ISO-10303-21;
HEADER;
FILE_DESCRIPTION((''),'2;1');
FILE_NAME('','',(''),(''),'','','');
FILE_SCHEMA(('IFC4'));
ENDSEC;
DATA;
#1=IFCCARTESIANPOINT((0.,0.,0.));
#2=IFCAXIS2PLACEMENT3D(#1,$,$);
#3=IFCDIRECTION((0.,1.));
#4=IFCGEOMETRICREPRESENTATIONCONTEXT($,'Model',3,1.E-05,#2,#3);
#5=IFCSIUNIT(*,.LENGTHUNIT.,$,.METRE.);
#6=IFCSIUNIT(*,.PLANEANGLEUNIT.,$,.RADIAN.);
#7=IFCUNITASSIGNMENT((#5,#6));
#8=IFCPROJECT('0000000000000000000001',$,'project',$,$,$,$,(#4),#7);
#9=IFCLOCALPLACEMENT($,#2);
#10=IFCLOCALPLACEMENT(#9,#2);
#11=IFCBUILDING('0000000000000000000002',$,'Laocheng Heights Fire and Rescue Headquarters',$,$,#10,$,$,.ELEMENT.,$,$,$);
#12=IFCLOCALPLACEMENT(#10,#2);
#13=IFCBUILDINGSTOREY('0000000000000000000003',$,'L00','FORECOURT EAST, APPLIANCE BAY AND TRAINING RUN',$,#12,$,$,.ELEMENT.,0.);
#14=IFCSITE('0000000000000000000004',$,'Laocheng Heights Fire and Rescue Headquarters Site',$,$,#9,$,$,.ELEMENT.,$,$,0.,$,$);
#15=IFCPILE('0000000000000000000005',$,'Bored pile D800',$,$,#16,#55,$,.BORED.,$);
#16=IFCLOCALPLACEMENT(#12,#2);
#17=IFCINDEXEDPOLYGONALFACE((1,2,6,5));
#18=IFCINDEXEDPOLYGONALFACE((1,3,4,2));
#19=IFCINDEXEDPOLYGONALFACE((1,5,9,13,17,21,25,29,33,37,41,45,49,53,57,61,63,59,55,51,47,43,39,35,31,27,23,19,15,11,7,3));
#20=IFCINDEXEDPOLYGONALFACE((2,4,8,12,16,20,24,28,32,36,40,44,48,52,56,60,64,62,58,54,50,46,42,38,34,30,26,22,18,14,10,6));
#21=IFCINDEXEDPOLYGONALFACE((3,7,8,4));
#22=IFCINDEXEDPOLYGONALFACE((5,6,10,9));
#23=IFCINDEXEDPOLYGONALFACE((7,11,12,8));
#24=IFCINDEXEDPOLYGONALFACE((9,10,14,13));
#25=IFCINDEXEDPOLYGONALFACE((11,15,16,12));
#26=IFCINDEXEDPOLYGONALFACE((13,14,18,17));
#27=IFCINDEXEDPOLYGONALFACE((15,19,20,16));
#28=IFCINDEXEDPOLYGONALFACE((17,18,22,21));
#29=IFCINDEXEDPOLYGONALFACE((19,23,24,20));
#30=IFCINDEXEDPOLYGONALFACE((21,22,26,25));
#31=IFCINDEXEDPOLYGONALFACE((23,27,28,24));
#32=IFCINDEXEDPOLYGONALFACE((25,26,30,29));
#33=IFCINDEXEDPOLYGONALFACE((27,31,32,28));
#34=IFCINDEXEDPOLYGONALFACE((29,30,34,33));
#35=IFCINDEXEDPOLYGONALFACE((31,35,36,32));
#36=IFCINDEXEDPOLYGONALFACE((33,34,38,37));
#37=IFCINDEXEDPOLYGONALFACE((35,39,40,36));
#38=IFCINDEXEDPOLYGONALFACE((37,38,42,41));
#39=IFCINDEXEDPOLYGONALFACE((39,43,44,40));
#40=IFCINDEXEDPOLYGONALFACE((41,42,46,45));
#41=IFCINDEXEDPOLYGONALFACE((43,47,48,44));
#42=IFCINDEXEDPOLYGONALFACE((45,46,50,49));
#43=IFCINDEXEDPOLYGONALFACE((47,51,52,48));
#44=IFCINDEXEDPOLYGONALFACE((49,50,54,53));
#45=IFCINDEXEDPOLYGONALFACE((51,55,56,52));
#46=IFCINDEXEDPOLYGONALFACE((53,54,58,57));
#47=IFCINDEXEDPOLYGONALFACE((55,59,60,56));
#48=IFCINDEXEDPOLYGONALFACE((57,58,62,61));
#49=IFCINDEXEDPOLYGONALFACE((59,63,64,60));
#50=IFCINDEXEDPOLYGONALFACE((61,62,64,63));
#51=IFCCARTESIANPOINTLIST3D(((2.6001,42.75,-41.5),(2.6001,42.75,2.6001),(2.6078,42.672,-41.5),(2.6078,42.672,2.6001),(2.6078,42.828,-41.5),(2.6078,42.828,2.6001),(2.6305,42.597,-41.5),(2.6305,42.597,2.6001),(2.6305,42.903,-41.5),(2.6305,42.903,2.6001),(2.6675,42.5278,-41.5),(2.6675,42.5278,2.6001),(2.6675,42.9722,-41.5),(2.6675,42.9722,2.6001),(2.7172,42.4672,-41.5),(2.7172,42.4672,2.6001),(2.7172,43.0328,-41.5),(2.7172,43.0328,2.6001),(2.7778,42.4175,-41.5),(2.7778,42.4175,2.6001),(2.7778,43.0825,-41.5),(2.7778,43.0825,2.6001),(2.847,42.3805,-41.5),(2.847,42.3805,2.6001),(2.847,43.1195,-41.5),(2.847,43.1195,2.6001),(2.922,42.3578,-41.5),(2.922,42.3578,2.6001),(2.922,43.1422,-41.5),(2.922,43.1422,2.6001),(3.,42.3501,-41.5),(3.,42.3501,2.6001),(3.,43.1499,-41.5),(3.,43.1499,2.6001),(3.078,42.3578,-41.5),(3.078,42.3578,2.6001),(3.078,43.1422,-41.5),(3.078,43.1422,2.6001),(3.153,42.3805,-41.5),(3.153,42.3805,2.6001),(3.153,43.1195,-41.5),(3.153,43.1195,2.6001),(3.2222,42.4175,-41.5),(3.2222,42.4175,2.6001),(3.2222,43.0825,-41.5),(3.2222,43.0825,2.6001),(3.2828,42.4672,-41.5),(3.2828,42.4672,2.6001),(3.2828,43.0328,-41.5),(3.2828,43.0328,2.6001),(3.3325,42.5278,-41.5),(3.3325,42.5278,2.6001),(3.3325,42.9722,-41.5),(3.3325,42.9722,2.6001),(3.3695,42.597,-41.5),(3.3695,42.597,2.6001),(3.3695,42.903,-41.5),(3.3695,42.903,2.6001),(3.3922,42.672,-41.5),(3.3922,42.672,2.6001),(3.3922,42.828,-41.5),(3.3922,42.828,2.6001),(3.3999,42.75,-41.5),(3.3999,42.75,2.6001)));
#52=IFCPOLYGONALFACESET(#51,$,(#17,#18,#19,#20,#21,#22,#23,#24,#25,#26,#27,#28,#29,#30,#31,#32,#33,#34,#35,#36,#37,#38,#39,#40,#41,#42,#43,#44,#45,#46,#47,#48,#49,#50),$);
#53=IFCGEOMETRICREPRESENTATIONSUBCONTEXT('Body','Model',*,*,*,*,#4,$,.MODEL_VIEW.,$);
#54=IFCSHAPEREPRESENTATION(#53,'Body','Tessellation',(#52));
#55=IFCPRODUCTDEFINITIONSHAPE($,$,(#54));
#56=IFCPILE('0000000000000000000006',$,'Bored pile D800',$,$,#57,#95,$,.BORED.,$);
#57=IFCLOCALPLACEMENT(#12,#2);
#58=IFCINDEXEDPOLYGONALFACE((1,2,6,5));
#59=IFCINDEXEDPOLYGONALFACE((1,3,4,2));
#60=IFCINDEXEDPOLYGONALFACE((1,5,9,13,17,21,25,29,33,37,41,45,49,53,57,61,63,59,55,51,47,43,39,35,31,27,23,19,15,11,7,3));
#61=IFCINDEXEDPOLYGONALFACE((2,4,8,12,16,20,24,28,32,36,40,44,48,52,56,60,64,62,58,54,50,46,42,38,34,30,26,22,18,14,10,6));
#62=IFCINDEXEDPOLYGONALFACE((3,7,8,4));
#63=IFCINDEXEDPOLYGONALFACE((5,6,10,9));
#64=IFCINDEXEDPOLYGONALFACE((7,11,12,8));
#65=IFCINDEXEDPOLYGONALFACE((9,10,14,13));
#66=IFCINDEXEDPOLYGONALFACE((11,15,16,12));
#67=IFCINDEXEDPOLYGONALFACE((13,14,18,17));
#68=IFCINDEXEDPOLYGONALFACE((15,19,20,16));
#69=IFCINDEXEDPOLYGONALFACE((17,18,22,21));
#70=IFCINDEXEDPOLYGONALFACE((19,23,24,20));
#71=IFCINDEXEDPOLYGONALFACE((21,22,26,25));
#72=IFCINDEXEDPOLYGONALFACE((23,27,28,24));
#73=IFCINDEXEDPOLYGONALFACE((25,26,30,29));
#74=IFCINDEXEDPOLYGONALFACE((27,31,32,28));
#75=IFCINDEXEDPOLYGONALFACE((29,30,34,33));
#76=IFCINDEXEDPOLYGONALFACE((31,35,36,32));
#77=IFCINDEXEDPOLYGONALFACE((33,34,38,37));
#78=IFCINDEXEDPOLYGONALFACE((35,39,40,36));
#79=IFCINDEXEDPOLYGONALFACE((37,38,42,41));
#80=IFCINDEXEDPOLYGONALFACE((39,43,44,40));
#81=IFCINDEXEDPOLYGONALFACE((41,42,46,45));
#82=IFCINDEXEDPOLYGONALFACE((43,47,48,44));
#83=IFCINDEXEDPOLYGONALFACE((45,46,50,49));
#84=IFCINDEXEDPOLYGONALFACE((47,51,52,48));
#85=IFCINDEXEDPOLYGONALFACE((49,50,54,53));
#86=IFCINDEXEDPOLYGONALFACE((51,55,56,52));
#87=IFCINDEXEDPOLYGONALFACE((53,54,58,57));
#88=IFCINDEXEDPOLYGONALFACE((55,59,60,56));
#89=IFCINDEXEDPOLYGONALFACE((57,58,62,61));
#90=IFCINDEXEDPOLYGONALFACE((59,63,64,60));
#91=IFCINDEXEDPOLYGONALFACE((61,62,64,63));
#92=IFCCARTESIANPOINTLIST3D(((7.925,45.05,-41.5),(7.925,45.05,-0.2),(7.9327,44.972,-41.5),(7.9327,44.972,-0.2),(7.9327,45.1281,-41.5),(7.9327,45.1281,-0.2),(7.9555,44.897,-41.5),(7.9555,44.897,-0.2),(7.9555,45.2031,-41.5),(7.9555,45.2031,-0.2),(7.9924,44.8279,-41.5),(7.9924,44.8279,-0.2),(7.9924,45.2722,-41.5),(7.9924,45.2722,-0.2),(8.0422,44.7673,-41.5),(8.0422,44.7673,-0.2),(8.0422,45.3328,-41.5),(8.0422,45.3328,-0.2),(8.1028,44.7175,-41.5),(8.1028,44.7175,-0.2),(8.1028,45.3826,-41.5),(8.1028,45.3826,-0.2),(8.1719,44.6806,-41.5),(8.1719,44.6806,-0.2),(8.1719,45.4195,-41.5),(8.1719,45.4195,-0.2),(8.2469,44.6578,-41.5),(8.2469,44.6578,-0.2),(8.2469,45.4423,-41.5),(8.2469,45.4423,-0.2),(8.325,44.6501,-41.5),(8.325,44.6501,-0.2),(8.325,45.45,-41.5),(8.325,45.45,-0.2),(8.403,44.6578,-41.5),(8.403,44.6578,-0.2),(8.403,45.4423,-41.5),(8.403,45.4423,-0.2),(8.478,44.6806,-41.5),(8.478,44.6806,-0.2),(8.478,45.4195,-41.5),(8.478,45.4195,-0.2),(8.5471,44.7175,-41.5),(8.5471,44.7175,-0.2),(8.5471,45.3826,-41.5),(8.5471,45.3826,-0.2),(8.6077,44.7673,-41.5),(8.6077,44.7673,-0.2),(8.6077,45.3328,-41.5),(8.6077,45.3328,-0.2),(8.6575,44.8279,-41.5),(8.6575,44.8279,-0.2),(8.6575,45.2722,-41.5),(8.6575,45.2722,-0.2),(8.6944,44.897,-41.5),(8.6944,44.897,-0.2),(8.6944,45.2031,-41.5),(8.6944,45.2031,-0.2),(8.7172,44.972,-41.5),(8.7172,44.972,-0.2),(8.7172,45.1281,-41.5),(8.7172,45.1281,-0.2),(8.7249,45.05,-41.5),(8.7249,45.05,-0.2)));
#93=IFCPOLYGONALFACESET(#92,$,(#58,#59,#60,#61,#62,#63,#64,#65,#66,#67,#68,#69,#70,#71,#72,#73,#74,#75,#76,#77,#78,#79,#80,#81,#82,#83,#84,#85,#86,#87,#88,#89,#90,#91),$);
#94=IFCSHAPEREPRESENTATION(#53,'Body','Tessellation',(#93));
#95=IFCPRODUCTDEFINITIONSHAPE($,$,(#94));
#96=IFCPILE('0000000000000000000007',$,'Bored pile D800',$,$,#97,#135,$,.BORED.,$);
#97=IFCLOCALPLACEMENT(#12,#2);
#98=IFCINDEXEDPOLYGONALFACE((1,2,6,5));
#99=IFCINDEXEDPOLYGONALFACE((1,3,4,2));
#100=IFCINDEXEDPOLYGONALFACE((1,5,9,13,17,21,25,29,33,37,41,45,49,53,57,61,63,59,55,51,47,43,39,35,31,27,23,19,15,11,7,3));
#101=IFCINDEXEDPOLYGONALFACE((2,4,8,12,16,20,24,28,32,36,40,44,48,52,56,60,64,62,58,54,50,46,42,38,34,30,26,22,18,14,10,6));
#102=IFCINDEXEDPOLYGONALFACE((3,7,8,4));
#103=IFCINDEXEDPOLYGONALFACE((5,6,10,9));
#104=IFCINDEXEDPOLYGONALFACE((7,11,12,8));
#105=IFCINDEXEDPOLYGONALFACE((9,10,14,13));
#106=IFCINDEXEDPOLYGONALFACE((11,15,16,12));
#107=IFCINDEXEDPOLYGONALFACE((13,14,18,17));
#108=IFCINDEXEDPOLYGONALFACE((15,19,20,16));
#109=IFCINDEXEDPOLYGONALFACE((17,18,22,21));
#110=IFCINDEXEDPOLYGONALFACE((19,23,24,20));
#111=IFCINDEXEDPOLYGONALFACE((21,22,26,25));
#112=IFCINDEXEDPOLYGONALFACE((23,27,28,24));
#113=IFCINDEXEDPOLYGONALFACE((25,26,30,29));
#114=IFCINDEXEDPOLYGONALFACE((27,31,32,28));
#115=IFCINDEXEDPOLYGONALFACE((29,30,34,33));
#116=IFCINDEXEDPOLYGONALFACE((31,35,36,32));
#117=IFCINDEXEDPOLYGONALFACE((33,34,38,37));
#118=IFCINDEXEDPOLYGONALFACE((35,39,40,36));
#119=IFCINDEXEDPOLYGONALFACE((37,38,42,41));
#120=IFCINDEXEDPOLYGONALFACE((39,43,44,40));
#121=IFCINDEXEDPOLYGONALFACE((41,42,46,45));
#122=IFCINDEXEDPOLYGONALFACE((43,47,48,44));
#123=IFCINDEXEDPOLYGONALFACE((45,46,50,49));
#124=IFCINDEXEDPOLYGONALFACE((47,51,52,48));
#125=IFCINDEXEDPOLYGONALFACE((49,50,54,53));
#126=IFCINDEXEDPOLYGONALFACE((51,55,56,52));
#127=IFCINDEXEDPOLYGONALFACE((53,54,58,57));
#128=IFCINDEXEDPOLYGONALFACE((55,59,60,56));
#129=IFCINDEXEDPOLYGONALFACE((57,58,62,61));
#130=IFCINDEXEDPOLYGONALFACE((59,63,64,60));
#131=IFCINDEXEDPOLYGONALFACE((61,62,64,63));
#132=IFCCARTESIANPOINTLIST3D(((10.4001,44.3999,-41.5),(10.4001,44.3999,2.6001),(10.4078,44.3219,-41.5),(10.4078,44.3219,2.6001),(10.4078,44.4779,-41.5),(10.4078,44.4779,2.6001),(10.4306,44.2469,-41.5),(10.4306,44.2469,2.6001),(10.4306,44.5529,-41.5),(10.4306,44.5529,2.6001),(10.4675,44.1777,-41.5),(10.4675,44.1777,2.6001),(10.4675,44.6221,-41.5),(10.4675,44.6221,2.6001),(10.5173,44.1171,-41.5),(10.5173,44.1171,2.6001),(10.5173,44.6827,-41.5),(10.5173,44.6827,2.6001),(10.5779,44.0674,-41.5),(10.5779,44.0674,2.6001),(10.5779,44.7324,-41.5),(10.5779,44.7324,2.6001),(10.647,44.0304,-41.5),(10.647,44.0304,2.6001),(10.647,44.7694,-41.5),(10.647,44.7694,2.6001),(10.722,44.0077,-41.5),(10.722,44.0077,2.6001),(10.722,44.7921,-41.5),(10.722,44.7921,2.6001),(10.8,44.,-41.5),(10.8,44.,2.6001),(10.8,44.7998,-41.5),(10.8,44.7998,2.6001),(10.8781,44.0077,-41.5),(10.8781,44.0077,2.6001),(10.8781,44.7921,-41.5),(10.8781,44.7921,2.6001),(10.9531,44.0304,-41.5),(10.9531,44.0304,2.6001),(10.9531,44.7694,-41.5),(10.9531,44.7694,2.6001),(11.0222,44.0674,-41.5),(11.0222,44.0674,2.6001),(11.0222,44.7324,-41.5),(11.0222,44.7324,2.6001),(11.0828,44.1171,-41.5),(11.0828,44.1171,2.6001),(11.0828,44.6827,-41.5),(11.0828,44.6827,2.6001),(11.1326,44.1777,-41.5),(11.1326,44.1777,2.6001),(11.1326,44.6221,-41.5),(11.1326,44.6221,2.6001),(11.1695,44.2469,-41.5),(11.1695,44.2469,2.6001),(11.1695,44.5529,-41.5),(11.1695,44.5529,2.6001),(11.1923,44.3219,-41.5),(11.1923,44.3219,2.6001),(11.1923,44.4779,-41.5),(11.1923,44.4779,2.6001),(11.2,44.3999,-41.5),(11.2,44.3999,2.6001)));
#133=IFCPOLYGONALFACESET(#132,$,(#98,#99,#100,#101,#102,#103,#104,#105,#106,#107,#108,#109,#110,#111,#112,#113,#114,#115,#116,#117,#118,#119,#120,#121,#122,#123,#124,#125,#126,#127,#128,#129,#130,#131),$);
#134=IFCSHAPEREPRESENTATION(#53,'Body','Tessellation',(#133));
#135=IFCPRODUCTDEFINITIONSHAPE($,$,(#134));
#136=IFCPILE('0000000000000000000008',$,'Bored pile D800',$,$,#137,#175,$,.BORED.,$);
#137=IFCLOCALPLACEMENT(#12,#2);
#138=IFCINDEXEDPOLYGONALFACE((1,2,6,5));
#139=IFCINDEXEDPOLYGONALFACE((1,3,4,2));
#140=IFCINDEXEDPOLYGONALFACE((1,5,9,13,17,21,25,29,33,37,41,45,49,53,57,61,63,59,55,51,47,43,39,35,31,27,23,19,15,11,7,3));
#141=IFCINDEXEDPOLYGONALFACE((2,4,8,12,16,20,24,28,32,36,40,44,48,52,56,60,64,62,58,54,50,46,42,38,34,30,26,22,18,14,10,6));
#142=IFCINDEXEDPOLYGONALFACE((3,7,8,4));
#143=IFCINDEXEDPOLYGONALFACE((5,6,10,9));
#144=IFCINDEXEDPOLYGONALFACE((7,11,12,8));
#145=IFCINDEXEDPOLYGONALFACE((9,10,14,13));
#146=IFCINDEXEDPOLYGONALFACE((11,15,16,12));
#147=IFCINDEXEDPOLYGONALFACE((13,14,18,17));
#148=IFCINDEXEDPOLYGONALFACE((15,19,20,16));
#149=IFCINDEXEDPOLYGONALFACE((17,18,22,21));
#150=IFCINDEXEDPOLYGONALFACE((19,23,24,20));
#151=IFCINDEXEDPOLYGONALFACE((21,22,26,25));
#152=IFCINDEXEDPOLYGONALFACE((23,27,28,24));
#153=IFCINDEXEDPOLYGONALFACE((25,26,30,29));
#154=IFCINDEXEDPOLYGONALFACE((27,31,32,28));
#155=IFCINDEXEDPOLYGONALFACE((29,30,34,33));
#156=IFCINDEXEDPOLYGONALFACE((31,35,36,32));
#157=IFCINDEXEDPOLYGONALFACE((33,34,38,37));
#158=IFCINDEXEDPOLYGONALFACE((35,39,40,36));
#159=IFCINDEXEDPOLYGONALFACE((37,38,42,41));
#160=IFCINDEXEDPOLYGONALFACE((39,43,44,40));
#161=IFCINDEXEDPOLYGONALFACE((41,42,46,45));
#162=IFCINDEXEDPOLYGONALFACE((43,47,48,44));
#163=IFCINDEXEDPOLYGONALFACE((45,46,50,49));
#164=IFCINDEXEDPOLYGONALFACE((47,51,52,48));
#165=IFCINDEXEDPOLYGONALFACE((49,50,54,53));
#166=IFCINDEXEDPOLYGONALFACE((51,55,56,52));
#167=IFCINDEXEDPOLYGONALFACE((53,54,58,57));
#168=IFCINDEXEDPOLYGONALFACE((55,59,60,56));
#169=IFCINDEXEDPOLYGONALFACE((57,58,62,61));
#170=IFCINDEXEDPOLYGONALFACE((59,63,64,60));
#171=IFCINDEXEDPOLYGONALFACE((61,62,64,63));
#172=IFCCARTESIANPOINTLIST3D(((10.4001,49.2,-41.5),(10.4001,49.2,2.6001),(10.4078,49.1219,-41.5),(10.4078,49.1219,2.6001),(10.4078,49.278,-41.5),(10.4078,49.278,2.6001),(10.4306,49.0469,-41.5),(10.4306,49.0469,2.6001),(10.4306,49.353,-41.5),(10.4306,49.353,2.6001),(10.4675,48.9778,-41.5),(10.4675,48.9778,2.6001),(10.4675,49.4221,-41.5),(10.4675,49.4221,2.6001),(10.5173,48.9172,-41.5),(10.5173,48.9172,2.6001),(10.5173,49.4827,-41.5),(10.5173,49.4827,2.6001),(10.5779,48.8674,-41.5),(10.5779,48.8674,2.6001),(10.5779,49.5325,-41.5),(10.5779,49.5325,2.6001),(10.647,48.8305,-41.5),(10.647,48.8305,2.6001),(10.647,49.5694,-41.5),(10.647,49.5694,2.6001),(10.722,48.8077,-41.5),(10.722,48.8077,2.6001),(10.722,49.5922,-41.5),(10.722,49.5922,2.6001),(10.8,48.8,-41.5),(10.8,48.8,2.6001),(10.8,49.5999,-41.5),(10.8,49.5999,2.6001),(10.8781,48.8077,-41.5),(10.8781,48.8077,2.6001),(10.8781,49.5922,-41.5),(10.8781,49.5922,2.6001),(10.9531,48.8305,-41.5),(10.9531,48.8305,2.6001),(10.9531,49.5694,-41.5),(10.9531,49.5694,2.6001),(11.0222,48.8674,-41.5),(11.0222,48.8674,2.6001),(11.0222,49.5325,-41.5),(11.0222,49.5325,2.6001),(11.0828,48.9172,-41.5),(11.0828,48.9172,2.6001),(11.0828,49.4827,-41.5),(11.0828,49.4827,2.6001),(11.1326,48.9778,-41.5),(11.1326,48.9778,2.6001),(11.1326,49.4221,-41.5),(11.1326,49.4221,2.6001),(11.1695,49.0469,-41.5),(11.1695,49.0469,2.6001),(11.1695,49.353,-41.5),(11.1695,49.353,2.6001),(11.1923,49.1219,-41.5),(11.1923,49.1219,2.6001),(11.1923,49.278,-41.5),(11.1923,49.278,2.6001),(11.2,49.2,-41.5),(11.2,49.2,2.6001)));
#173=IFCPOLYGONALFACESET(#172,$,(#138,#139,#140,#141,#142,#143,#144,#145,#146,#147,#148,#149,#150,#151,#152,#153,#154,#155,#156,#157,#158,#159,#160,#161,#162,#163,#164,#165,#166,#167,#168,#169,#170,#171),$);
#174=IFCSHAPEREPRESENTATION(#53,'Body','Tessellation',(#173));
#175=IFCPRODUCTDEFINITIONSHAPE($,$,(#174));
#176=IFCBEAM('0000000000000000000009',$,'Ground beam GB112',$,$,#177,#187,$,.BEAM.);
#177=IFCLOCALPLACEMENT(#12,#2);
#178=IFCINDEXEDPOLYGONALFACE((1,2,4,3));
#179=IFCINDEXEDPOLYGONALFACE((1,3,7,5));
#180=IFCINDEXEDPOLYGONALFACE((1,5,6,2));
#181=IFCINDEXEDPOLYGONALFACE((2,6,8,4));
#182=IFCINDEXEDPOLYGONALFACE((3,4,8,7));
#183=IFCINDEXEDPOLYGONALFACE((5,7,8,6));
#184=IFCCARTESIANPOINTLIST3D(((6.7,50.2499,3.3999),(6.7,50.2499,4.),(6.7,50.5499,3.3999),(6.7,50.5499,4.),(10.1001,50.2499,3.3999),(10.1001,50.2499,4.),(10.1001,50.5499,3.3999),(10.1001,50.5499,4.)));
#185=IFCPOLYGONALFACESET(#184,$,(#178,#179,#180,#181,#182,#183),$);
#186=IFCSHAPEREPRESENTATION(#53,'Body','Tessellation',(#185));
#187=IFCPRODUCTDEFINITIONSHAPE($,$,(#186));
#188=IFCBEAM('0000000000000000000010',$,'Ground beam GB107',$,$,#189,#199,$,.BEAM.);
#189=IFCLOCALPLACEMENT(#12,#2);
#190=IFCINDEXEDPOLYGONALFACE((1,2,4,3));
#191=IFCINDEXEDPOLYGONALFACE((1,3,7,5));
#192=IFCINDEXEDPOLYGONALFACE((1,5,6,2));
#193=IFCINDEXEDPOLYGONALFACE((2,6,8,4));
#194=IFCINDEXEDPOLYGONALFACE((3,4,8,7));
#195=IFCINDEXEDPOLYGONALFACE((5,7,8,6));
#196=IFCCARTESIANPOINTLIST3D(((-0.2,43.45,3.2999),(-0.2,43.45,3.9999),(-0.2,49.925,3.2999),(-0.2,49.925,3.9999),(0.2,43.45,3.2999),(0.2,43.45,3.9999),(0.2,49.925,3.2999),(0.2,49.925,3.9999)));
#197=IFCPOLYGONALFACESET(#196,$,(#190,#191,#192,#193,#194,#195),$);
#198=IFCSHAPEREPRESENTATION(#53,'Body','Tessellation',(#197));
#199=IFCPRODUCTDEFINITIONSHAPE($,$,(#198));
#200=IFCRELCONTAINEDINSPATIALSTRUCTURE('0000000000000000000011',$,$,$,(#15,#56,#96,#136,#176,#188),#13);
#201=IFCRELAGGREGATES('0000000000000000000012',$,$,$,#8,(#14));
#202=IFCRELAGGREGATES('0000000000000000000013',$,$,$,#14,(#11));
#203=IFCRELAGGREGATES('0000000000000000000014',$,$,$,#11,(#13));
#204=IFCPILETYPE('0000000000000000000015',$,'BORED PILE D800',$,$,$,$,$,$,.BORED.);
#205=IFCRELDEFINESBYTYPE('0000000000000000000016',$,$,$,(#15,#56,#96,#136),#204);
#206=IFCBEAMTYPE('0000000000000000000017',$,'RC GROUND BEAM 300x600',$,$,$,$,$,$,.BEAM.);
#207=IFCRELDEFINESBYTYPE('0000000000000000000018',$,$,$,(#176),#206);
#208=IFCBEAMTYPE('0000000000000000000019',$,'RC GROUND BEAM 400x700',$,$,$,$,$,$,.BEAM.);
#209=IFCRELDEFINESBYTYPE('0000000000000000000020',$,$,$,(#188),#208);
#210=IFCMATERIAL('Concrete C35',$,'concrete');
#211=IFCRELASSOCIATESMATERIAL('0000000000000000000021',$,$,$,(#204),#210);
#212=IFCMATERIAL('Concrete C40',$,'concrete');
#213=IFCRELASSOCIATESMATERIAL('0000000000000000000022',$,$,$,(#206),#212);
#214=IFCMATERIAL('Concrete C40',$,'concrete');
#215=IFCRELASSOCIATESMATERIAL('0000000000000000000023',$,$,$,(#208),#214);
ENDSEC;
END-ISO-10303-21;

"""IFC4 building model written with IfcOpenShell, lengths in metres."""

from ifc_helpers import new_model, si_unit, direction, frame, origin, origin_2d, place, context, subcontext, project, spatial, rectangle, circle, extrude, material, material_profile, profile_set, type_object, element, save


model = new_model("IFC4")

# Units and contexts
model_context = context("Model", 3, precision=1e-05, world=origin(), true_north=direction((0.0, 1.0)))
body_context = subcontext(model_context, "Body", "Model", "MODEL_VIEW")
ifc_project = project(units=[si_unit("LENGTHUNIT", "METRE"), si_unit("PLANEANGLEUNIT", "RADIAN")], contexts=[model_context])

# Site, building, storey
site_placement = place(None, origin())
site = spatial("IfcSite", under=ifc_project, at=site_placement, Name="Laocheng Heights Fire and Rescue Headquarters Site", CompositionType="ELEMENT", RefElevation=0.0)
building_placement = place(site_placement, origin())
building = spatial("IfcBuilding", under=site, at=building_placement, Name="Laocheng Heights Fire and Rescue Headquarters", CompositionType="ELEMENT")
storey_placement = place(building_placement, origin())
storey = spatial("IfcBuildingStorey", under=building, at=storey_placement, Name="L00", Description="FORECOURT EAST, APPLIANCE BAY AND TRAINING RUN", CompositionType="ELEMENT", Elevation=0.0)

# Piles
ifc_material_1 = material(Name="Concrete C35", Category="concrete")
ifc_material_profile_1 = material_profile(ifc_material_1, circle(Radius=0.3999, at=origin_2d()), Name="BORED PILE D800")
ifc_profile_set_1 = profile_set([ifc_material_profile_1], Name="Concrete C35")
pile_type = type_object("IfcPileType", Name="BORED PILE D800", PredefinedType="BORED", material=ifc_profile_set_1)
for number, where, z_axis, x_axis, name in (
    (1, (3.0, 42.75, 2.6001), (0.0, 0.0, -1.0), (1.0, 0.0, 0.0), "Bored pile D800"),
):
    element("IfcPile", number, at=place(storey_placement, frame(where, z_axis=z_axis, x_axis=x_axis)), inside=storey, type_object=pile_type, Name=name, PredefinedType="BORED", context=body_context, shape_type="SweptSolid", body=[
        extrude(circle(Radius=0.3999, at=origin_2d()), origin(), (0.0, 0.0, 1.0), 44.1001),
    ])
pile_1_placement = place(storey_placement, frame((8.325, 45.05, -0.2), z_axis=(0.0, 0.0, -1.0), x_axis=(1.0, 0.0, 0.0)))
element("IfcPile", 2, at=pile_1_placement, inside=storey, type_object=pile_type, Name="Bored pile D800", PredefinedType="BORED", context=body_context, shape_type="SweptSolid", body=[
    extrude(circle(Radius=0.3999, at=origin_2d()), origin(), (0.0, 0.0, 1.0), 41.3),
])
for number, where, z_axis, x_axis, name in (
    (3, (10.8, 44.3999, 2.6001), (0.0, 0.0, -1.0), (1.0, 0.0, 0.0), "Bored pile D800"),
    (4, (10.8, 49.2, 2.6001), (0.0, 0.0, -1.0), (1.0, 0.0, 0.0), "Bored pile D800"),
):
    element("IfcPile", number, at=place(storey_placement, frame(where, z_axis=z_axis, x_axis=x_axis)), inside=storey, type_object=pile_type, Name=name, PredefinedType="BORED", context=body_context, shape_type="SweptSolid", body=[
        extrude(circle(Radius=0.3999, at=origin_2d()), origin(), (0.0, 0.0, 1.0), 44.1001),
    ])

# Beams
ifc_material_2 = material(Name="Concrete C40", Category="concrete")
ifc_material_profile_2 = material_profile(ifc_material_2, rectangle(XDim=0.3, YDim=0.6001, at=origin_2d()), Name="RC GROUND BEAM 300x600")
ifc_profile_set_2 = profile_set([ifc_material_profile_2], Name="Concrete C40")
beam_type_1 = type_object("IfcBeamType", Name="RC GROUND BEAM 300x600", PredefinedType="BEAM", material=ifc_profile_set_2)
beam_1_placement = place(storey_placement, frame((6.7, 50.3999, 3.7), z_axis=(1.0, 0.0, 0.0), x_axis=(0.0, 1.0, 0.0)))
element("IfcBeam", 5, at=beam_1_placement, inside=storey, type_object=beam_type_1, Name="Ground beam GB112", PredefinedType="BEAM", context=body_context, shape_type="SweptSolid", body=[
    extrude(rectangle(XDim=0.3, YDim=0.6001, at=origin_2d()), origin(), (0.0, 0.0, 1.0), 3.4001),
])
ifc_material_3 = material(Name="Concrete C40", Category="concrete")
ifc_material_profile_3 = material_profile(ifc_material_3, rectangle(XDim=0.3999, YDim=0.7, at=origin_2d()), Name="RC GROUND BEAM 400x700")
ifc_profile_set_3 = profile_set([ifc_material_profile_3], Name="Concrete C40")
beam_type_2 = type_object("IfcBeamType", Name="RC GROUND BEAM 400x700", PredefinedType="BEAM", material=ifc_profile_set_3)
beam_2_placement = place(storey_placement, frame((0.0, 43.45, 3.6499), z_axis=(0.0, 1.0, 0.0), x_axis=(-1.0, 0.0, 0.0)))
element("IfcBeam", 6, at=beam_2_placement, inside=storey, type_object=beam_type_2, Name="Ground beam GB107", PredefinedType="BEAM", context=body_context, shape_type="SweptSolid", body=[
    extrude(rectangle(XDim=0.3999, YDim=0.7, at=origin_2d()), origin(), (0.0, 0.0, 1.0), 6.4751),
])

save(model, "model.ifc")
